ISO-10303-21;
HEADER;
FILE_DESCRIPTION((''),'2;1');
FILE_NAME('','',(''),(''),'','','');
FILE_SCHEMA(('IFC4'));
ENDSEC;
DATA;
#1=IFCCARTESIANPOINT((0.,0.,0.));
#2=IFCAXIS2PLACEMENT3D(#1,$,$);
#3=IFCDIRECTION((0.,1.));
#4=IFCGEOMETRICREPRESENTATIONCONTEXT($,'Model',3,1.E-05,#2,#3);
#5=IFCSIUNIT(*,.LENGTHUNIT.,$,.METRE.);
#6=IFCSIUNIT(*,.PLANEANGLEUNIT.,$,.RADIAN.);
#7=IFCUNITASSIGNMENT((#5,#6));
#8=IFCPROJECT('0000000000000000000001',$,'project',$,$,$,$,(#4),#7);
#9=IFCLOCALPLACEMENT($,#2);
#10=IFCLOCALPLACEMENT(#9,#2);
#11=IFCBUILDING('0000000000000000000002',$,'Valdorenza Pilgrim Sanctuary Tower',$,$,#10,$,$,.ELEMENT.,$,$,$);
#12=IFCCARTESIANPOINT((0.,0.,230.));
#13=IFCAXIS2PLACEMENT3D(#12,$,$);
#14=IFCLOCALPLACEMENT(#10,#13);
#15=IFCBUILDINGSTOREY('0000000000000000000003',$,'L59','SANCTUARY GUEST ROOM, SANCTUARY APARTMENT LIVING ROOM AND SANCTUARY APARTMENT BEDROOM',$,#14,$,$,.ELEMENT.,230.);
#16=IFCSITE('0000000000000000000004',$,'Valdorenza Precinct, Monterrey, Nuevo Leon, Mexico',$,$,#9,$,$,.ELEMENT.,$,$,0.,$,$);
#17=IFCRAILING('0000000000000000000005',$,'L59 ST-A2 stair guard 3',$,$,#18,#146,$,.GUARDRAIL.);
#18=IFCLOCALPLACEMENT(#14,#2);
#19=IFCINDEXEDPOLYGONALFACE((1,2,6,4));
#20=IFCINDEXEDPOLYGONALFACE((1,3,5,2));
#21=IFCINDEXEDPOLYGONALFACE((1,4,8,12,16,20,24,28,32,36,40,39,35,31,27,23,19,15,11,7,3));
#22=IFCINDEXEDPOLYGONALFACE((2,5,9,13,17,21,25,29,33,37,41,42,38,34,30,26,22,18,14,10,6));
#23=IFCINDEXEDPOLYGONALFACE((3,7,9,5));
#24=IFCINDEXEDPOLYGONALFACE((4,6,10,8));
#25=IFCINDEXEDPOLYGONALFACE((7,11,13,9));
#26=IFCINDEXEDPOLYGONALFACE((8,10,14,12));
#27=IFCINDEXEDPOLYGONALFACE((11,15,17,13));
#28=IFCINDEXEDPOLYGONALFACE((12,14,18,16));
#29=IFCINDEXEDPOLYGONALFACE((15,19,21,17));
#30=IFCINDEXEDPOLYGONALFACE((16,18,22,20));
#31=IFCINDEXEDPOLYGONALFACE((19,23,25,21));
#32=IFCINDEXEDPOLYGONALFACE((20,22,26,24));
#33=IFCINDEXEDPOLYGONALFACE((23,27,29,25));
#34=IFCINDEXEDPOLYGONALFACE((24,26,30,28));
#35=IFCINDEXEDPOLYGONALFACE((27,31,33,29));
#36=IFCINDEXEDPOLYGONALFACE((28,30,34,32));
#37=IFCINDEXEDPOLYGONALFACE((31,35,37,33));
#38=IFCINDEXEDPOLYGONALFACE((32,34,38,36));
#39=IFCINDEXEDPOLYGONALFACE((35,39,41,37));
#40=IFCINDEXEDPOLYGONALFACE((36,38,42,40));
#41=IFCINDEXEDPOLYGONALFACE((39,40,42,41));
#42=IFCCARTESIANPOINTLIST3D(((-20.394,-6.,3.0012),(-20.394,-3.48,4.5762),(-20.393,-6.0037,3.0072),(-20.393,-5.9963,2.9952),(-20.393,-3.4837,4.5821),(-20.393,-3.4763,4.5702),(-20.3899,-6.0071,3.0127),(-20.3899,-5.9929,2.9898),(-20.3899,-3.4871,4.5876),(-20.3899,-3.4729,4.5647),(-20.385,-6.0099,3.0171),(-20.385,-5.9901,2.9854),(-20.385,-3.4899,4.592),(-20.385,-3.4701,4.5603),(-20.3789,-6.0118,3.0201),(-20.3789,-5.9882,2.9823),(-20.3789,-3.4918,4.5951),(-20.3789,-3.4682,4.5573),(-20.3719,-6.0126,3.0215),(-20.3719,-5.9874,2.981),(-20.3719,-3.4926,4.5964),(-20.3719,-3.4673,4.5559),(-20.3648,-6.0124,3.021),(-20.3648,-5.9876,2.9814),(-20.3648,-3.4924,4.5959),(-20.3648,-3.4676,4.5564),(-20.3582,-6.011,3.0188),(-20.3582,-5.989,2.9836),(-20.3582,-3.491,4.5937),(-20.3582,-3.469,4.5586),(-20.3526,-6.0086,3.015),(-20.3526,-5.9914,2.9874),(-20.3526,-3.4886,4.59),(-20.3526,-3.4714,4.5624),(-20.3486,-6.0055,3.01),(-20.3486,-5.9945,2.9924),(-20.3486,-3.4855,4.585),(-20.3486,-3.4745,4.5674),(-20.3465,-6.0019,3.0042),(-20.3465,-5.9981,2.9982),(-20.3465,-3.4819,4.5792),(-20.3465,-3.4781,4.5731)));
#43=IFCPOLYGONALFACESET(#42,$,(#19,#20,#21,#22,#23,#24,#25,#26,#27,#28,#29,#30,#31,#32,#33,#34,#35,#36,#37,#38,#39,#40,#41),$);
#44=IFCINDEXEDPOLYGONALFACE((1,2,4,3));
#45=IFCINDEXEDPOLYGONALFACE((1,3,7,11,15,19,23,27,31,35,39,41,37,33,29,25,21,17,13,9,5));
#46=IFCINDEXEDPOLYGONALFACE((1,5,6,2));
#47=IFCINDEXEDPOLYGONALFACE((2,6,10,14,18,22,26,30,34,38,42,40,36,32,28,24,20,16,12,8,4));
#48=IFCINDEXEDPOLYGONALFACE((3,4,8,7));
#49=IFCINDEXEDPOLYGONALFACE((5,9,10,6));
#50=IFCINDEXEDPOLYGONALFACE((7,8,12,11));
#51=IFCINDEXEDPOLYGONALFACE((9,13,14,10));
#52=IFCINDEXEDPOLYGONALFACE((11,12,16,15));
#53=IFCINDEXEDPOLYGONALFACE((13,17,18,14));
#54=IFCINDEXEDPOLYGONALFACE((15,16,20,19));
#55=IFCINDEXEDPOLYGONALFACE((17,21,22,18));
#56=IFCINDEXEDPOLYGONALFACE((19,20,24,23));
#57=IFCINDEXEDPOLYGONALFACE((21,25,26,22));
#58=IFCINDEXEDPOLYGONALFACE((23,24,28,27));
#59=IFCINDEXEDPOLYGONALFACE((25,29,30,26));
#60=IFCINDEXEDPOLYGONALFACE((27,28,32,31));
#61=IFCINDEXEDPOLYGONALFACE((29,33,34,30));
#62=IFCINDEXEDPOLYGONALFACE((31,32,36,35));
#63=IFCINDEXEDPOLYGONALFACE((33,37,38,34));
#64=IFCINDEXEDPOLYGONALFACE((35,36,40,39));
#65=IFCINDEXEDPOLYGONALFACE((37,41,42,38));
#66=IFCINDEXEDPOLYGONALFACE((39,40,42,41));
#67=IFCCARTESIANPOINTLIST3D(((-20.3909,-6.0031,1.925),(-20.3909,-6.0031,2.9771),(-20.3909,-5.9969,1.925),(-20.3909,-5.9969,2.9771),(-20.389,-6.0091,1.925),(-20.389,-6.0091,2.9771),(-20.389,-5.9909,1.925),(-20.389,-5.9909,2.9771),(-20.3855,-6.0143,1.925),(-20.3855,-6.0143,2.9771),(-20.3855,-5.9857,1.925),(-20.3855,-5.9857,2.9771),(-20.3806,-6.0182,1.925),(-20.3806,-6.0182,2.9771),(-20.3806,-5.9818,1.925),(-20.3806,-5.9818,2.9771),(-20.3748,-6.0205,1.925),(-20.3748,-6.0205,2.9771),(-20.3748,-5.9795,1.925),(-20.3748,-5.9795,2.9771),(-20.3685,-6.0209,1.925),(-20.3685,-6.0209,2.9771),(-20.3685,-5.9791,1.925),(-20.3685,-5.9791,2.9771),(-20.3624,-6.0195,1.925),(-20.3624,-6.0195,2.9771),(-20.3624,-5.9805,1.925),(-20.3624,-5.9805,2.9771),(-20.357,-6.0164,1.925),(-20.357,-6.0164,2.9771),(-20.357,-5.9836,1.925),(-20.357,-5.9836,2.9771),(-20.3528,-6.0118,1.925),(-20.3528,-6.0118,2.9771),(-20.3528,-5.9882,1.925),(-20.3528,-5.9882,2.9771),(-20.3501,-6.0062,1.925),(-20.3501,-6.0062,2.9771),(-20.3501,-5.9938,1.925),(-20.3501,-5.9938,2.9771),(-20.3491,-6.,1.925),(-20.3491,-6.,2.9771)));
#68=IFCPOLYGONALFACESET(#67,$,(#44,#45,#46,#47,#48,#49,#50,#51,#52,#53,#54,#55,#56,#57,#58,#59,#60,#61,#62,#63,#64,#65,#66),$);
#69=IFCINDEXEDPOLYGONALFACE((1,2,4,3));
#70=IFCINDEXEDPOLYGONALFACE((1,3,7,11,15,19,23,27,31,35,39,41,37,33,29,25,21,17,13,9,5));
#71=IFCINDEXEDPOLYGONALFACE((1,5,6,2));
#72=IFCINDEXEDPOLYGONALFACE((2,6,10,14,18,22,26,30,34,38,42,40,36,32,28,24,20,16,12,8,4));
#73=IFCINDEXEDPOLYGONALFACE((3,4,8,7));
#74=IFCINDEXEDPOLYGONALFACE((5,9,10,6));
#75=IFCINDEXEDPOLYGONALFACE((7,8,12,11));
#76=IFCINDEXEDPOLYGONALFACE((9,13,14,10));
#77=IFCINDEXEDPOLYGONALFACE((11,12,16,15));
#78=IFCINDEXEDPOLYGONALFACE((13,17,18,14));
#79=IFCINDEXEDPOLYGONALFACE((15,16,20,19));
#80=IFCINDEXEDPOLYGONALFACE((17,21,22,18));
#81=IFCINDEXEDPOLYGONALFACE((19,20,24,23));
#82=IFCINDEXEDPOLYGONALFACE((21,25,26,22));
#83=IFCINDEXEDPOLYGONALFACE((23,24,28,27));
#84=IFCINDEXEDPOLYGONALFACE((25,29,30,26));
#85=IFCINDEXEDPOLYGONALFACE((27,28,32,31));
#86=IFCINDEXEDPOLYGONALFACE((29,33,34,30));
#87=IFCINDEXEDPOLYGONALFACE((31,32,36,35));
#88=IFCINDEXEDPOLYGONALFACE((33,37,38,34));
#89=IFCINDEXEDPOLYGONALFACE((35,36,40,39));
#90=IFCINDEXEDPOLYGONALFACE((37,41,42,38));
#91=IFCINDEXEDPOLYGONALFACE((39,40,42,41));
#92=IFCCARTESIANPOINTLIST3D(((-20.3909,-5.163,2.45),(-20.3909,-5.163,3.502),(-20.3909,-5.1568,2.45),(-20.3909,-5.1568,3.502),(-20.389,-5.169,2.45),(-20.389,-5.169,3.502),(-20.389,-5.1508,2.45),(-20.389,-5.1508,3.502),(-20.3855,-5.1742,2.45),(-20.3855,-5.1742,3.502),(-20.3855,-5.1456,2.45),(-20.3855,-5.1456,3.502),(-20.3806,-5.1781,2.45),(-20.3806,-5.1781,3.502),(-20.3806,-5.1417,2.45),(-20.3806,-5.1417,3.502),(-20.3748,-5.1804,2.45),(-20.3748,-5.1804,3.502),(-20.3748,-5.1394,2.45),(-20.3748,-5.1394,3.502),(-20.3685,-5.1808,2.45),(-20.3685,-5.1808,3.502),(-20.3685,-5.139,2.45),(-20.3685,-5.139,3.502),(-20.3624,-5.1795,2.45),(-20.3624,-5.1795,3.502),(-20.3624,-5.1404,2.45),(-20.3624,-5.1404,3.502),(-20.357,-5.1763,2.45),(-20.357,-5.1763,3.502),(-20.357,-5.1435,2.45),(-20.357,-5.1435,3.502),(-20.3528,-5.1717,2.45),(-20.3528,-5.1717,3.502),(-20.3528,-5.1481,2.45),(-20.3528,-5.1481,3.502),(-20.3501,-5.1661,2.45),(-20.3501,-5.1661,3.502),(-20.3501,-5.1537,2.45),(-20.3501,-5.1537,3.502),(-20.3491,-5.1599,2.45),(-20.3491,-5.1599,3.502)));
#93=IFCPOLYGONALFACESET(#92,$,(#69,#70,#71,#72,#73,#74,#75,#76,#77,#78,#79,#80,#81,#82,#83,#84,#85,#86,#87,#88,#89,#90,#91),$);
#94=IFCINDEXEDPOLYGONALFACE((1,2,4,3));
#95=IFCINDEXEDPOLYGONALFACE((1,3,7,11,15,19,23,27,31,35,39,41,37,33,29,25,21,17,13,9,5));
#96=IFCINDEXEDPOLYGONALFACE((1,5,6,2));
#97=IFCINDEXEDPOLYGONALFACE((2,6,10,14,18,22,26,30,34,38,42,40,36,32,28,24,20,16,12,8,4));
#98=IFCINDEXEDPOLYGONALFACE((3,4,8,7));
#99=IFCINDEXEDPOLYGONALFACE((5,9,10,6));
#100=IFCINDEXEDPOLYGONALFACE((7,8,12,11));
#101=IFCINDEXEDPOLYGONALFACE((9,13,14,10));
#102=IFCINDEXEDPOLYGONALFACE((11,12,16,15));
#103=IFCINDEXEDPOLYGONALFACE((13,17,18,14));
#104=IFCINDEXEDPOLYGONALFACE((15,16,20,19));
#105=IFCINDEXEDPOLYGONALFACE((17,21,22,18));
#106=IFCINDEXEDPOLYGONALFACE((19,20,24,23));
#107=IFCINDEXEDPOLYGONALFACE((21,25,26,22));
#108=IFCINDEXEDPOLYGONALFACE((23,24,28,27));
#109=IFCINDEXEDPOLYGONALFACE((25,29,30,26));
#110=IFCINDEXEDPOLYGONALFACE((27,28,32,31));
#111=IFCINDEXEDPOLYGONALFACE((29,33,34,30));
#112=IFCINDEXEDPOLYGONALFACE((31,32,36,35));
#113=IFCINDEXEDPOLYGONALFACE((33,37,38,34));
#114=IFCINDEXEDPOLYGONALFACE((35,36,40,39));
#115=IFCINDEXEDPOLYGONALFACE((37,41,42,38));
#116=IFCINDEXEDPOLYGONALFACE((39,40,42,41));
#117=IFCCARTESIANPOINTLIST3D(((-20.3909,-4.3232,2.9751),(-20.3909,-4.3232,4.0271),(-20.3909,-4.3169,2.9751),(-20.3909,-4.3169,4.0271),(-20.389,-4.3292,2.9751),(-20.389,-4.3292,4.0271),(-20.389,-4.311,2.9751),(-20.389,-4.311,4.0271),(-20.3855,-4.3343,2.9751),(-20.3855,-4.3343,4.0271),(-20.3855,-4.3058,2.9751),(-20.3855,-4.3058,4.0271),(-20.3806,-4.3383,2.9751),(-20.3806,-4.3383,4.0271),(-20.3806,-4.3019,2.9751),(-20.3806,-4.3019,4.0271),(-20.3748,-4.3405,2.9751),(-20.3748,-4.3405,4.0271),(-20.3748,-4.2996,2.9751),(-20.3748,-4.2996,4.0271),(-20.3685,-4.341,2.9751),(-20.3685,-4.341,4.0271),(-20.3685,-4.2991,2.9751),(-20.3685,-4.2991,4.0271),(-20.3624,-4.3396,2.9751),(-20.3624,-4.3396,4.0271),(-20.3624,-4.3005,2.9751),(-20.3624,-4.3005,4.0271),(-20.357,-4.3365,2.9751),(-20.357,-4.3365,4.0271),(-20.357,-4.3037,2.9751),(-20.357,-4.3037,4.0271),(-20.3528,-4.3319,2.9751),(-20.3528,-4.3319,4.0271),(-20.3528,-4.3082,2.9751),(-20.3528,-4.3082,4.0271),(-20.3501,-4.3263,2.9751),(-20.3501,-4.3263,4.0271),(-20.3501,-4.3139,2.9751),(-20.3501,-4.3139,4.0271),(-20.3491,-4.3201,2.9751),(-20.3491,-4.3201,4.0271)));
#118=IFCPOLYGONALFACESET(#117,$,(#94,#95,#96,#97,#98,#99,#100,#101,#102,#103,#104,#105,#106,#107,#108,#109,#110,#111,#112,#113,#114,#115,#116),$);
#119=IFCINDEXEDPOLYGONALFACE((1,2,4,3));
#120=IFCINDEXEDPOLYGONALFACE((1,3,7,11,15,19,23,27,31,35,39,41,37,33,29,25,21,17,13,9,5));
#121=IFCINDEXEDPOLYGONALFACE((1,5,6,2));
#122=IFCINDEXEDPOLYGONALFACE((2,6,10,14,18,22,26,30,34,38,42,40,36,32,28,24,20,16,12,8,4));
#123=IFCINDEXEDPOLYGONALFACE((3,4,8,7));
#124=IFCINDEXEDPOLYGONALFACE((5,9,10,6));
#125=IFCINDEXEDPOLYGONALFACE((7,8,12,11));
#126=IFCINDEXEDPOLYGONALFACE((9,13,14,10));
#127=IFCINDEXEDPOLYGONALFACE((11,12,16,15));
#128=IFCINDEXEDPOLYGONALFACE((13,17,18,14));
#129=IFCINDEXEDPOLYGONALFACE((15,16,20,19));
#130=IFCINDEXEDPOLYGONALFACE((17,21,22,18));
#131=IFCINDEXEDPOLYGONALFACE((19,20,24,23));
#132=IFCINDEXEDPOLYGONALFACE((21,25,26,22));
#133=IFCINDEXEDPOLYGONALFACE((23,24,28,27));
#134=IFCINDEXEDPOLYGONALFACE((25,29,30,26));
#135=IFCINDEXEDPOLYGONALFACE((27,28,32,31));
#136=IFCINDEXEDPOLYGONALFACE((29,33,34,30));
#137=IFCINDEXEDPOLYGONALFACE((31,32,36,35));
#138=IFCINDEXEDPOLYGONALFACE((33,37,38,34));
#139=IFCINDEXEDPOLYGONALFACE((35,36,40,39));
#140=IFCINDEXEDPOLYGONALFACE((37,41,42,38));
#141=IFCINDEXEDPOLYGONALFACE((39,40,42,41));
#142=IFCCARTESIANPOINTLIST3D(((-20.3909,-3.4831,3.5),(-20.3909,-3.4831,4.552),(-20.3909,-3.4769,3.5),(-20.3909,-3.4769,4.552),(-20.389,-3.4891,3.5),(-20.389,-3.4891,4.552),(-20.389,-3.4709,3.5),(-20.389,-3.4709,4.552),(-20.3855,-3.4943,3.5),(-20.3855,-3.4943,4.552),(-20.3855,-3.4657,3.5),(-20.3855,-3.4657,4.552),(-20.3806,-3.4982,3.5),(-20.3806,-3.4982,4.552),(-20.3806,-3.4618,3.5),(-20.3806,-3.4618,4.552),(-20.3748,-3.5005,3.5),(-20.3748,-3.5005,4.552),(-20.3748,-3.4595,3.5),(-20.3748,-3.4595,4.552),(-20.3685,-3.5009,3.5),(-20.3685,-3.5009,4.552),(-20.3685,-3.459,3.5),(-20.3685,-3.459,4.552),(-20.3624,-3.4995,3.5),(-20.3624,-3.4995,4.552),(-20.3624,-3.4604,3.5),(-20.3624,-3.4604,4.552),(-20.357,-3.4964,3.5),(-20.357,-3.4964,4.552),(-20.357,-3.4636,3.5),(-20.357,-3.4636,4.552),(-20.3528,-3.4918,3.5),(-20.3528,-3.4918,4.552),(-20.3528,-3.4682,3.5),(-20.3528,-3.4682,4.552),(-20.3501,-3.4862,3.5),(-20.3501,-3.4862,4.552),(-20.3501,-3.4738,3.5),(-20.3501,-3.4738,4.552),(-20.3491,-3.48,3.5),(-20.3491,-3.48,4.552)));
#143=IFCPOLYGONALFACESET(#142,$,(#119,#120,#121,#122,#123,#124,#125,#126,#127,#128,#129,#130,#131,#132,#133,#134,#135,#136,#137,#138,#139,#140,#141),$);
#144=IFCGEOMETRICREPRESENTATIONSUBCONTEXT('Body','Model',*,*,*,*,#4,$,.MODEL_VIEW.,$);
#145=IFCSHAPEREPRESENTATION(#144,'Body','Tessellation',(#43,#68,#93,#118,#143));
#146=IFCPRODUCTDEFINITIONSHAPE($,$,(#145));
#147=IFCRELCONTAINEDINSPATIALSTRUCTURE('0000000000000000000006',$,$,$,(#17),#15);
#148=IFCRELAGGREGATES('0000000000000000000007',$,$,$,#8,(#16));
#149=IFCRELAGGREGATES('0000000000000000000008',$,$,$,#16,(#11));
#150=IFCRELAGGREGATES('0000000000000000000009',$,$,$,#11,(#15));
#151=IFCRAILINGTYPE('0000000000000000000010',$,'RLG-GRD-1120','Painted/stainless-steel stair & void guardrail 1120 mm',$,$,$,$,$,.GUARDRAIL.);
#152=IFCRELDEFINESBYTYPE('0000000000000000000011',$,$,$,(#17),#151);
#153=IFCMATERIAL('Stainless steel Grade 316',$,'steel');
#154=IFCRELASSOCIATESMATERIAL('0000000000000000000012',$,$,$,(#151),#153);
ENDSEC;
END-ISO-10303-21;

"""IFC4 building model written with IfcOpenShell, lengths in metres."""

from ifc_helpers import new_model, si_unit, direction, frame, origin, origin_2d, place, context, subcontext, project, spatial, circle, extrude, material, type_object, element, save


model = new_model("IFC4")

# Units and contexts
model_context = context("Model", 3, precision=1e-05, world=origin(), true_north=direction((0.0, 1.0)))
body_context = subcontext(model_context, "Body", "Model", "MODEL_VIEW")
ifc_project = project(units=[si_unit("LENGTHUNIT", "METRE"), si_unit("PLANEANGLEUNIT", "RADIAN")], contexts=[model_context])

# Site, building, storey
site_placement = place(None, origin())
site = spatial("IfcSite", under=ifc_project, at=site_placement, Name="Valdorenza Precinct, Monterrey, Nuevo Leon, Mexico", CompositionType="ELEMENT", RefElevation=0.0)
building_placement = place(site_placement, origin())
building = spatial("IfcBuilding", under=site, at=building_placement, Name="Valdorenza Pilgrim Sanctuary Tower", CompositionType="ELEMENT")
storey_placement = place(building_placement, frame((0.0, 0.0, 230.0)))
storey = spatial("IfcBuildingStorey", under=building, at=storey_placement, Name="L59", Description="SANCTUARY GUEST ROOM, SANCTUARY APARTMENT LIVING ROOM AND SANCTUARY APARTMENT BEDROOM", CompositionType="ELEMENT", Elevation=230.0)

# Railing
ifc_material_1 = material(Name="Stainless steel Grade 316", Category="steel")
railing_type_1 = type_object("IfcRailingType", Name="RLG-GRD-1120", Description="Painted/stainless-steel stair & void guardrail 1120 mm", PredefinedType="GUARDRAIL", material=ifc_material_1)
railing_1_placement = place(storey_placement, frame((-20.3701, -6.0, 1.925)))
element("IfcRailing", 1, at=railing_1_placement, inside=storey, type_object=railing_type_1, Name="L59 ST-A2 stair guard 3", PredefinedType="GUARDRAIL", context=body_context, shape_type="SweptSolid", body=[
    extrude(circle(Radius=0.0239, at=origin_2d()), frame((0.0, 0.0, 1.0762), z_axis=(0.0, 0.848008, 0.529984), x_axis=(-1.0, 0.0, 0.0)), (0.0, 0.0, 1.0), 2.9717),
    extrude(circle(Radius=0.021, at=origin_2d()), origin(), (0.0, 0.0, 1.0), 1.052),
    extrude(circle(Radius=0.021, at=origin_2d()), frame((0.0, 0.8401, 0.5249)), (0.0, 0.0, 1.0), 1.052),
    extrude(circle(Radius=0.021, at=origin_2d()), frame((0.0, 1.6799, 1.05)), (0.0, 0.0, 1.0), 1.052),
    extrude(circle(Radius=0.021, at=origin_2d()), frame((0.0, 2.52, 1.575)), (0.0, 0.0, 1.0), 1.052),
])

save(model, "model.ifc")
